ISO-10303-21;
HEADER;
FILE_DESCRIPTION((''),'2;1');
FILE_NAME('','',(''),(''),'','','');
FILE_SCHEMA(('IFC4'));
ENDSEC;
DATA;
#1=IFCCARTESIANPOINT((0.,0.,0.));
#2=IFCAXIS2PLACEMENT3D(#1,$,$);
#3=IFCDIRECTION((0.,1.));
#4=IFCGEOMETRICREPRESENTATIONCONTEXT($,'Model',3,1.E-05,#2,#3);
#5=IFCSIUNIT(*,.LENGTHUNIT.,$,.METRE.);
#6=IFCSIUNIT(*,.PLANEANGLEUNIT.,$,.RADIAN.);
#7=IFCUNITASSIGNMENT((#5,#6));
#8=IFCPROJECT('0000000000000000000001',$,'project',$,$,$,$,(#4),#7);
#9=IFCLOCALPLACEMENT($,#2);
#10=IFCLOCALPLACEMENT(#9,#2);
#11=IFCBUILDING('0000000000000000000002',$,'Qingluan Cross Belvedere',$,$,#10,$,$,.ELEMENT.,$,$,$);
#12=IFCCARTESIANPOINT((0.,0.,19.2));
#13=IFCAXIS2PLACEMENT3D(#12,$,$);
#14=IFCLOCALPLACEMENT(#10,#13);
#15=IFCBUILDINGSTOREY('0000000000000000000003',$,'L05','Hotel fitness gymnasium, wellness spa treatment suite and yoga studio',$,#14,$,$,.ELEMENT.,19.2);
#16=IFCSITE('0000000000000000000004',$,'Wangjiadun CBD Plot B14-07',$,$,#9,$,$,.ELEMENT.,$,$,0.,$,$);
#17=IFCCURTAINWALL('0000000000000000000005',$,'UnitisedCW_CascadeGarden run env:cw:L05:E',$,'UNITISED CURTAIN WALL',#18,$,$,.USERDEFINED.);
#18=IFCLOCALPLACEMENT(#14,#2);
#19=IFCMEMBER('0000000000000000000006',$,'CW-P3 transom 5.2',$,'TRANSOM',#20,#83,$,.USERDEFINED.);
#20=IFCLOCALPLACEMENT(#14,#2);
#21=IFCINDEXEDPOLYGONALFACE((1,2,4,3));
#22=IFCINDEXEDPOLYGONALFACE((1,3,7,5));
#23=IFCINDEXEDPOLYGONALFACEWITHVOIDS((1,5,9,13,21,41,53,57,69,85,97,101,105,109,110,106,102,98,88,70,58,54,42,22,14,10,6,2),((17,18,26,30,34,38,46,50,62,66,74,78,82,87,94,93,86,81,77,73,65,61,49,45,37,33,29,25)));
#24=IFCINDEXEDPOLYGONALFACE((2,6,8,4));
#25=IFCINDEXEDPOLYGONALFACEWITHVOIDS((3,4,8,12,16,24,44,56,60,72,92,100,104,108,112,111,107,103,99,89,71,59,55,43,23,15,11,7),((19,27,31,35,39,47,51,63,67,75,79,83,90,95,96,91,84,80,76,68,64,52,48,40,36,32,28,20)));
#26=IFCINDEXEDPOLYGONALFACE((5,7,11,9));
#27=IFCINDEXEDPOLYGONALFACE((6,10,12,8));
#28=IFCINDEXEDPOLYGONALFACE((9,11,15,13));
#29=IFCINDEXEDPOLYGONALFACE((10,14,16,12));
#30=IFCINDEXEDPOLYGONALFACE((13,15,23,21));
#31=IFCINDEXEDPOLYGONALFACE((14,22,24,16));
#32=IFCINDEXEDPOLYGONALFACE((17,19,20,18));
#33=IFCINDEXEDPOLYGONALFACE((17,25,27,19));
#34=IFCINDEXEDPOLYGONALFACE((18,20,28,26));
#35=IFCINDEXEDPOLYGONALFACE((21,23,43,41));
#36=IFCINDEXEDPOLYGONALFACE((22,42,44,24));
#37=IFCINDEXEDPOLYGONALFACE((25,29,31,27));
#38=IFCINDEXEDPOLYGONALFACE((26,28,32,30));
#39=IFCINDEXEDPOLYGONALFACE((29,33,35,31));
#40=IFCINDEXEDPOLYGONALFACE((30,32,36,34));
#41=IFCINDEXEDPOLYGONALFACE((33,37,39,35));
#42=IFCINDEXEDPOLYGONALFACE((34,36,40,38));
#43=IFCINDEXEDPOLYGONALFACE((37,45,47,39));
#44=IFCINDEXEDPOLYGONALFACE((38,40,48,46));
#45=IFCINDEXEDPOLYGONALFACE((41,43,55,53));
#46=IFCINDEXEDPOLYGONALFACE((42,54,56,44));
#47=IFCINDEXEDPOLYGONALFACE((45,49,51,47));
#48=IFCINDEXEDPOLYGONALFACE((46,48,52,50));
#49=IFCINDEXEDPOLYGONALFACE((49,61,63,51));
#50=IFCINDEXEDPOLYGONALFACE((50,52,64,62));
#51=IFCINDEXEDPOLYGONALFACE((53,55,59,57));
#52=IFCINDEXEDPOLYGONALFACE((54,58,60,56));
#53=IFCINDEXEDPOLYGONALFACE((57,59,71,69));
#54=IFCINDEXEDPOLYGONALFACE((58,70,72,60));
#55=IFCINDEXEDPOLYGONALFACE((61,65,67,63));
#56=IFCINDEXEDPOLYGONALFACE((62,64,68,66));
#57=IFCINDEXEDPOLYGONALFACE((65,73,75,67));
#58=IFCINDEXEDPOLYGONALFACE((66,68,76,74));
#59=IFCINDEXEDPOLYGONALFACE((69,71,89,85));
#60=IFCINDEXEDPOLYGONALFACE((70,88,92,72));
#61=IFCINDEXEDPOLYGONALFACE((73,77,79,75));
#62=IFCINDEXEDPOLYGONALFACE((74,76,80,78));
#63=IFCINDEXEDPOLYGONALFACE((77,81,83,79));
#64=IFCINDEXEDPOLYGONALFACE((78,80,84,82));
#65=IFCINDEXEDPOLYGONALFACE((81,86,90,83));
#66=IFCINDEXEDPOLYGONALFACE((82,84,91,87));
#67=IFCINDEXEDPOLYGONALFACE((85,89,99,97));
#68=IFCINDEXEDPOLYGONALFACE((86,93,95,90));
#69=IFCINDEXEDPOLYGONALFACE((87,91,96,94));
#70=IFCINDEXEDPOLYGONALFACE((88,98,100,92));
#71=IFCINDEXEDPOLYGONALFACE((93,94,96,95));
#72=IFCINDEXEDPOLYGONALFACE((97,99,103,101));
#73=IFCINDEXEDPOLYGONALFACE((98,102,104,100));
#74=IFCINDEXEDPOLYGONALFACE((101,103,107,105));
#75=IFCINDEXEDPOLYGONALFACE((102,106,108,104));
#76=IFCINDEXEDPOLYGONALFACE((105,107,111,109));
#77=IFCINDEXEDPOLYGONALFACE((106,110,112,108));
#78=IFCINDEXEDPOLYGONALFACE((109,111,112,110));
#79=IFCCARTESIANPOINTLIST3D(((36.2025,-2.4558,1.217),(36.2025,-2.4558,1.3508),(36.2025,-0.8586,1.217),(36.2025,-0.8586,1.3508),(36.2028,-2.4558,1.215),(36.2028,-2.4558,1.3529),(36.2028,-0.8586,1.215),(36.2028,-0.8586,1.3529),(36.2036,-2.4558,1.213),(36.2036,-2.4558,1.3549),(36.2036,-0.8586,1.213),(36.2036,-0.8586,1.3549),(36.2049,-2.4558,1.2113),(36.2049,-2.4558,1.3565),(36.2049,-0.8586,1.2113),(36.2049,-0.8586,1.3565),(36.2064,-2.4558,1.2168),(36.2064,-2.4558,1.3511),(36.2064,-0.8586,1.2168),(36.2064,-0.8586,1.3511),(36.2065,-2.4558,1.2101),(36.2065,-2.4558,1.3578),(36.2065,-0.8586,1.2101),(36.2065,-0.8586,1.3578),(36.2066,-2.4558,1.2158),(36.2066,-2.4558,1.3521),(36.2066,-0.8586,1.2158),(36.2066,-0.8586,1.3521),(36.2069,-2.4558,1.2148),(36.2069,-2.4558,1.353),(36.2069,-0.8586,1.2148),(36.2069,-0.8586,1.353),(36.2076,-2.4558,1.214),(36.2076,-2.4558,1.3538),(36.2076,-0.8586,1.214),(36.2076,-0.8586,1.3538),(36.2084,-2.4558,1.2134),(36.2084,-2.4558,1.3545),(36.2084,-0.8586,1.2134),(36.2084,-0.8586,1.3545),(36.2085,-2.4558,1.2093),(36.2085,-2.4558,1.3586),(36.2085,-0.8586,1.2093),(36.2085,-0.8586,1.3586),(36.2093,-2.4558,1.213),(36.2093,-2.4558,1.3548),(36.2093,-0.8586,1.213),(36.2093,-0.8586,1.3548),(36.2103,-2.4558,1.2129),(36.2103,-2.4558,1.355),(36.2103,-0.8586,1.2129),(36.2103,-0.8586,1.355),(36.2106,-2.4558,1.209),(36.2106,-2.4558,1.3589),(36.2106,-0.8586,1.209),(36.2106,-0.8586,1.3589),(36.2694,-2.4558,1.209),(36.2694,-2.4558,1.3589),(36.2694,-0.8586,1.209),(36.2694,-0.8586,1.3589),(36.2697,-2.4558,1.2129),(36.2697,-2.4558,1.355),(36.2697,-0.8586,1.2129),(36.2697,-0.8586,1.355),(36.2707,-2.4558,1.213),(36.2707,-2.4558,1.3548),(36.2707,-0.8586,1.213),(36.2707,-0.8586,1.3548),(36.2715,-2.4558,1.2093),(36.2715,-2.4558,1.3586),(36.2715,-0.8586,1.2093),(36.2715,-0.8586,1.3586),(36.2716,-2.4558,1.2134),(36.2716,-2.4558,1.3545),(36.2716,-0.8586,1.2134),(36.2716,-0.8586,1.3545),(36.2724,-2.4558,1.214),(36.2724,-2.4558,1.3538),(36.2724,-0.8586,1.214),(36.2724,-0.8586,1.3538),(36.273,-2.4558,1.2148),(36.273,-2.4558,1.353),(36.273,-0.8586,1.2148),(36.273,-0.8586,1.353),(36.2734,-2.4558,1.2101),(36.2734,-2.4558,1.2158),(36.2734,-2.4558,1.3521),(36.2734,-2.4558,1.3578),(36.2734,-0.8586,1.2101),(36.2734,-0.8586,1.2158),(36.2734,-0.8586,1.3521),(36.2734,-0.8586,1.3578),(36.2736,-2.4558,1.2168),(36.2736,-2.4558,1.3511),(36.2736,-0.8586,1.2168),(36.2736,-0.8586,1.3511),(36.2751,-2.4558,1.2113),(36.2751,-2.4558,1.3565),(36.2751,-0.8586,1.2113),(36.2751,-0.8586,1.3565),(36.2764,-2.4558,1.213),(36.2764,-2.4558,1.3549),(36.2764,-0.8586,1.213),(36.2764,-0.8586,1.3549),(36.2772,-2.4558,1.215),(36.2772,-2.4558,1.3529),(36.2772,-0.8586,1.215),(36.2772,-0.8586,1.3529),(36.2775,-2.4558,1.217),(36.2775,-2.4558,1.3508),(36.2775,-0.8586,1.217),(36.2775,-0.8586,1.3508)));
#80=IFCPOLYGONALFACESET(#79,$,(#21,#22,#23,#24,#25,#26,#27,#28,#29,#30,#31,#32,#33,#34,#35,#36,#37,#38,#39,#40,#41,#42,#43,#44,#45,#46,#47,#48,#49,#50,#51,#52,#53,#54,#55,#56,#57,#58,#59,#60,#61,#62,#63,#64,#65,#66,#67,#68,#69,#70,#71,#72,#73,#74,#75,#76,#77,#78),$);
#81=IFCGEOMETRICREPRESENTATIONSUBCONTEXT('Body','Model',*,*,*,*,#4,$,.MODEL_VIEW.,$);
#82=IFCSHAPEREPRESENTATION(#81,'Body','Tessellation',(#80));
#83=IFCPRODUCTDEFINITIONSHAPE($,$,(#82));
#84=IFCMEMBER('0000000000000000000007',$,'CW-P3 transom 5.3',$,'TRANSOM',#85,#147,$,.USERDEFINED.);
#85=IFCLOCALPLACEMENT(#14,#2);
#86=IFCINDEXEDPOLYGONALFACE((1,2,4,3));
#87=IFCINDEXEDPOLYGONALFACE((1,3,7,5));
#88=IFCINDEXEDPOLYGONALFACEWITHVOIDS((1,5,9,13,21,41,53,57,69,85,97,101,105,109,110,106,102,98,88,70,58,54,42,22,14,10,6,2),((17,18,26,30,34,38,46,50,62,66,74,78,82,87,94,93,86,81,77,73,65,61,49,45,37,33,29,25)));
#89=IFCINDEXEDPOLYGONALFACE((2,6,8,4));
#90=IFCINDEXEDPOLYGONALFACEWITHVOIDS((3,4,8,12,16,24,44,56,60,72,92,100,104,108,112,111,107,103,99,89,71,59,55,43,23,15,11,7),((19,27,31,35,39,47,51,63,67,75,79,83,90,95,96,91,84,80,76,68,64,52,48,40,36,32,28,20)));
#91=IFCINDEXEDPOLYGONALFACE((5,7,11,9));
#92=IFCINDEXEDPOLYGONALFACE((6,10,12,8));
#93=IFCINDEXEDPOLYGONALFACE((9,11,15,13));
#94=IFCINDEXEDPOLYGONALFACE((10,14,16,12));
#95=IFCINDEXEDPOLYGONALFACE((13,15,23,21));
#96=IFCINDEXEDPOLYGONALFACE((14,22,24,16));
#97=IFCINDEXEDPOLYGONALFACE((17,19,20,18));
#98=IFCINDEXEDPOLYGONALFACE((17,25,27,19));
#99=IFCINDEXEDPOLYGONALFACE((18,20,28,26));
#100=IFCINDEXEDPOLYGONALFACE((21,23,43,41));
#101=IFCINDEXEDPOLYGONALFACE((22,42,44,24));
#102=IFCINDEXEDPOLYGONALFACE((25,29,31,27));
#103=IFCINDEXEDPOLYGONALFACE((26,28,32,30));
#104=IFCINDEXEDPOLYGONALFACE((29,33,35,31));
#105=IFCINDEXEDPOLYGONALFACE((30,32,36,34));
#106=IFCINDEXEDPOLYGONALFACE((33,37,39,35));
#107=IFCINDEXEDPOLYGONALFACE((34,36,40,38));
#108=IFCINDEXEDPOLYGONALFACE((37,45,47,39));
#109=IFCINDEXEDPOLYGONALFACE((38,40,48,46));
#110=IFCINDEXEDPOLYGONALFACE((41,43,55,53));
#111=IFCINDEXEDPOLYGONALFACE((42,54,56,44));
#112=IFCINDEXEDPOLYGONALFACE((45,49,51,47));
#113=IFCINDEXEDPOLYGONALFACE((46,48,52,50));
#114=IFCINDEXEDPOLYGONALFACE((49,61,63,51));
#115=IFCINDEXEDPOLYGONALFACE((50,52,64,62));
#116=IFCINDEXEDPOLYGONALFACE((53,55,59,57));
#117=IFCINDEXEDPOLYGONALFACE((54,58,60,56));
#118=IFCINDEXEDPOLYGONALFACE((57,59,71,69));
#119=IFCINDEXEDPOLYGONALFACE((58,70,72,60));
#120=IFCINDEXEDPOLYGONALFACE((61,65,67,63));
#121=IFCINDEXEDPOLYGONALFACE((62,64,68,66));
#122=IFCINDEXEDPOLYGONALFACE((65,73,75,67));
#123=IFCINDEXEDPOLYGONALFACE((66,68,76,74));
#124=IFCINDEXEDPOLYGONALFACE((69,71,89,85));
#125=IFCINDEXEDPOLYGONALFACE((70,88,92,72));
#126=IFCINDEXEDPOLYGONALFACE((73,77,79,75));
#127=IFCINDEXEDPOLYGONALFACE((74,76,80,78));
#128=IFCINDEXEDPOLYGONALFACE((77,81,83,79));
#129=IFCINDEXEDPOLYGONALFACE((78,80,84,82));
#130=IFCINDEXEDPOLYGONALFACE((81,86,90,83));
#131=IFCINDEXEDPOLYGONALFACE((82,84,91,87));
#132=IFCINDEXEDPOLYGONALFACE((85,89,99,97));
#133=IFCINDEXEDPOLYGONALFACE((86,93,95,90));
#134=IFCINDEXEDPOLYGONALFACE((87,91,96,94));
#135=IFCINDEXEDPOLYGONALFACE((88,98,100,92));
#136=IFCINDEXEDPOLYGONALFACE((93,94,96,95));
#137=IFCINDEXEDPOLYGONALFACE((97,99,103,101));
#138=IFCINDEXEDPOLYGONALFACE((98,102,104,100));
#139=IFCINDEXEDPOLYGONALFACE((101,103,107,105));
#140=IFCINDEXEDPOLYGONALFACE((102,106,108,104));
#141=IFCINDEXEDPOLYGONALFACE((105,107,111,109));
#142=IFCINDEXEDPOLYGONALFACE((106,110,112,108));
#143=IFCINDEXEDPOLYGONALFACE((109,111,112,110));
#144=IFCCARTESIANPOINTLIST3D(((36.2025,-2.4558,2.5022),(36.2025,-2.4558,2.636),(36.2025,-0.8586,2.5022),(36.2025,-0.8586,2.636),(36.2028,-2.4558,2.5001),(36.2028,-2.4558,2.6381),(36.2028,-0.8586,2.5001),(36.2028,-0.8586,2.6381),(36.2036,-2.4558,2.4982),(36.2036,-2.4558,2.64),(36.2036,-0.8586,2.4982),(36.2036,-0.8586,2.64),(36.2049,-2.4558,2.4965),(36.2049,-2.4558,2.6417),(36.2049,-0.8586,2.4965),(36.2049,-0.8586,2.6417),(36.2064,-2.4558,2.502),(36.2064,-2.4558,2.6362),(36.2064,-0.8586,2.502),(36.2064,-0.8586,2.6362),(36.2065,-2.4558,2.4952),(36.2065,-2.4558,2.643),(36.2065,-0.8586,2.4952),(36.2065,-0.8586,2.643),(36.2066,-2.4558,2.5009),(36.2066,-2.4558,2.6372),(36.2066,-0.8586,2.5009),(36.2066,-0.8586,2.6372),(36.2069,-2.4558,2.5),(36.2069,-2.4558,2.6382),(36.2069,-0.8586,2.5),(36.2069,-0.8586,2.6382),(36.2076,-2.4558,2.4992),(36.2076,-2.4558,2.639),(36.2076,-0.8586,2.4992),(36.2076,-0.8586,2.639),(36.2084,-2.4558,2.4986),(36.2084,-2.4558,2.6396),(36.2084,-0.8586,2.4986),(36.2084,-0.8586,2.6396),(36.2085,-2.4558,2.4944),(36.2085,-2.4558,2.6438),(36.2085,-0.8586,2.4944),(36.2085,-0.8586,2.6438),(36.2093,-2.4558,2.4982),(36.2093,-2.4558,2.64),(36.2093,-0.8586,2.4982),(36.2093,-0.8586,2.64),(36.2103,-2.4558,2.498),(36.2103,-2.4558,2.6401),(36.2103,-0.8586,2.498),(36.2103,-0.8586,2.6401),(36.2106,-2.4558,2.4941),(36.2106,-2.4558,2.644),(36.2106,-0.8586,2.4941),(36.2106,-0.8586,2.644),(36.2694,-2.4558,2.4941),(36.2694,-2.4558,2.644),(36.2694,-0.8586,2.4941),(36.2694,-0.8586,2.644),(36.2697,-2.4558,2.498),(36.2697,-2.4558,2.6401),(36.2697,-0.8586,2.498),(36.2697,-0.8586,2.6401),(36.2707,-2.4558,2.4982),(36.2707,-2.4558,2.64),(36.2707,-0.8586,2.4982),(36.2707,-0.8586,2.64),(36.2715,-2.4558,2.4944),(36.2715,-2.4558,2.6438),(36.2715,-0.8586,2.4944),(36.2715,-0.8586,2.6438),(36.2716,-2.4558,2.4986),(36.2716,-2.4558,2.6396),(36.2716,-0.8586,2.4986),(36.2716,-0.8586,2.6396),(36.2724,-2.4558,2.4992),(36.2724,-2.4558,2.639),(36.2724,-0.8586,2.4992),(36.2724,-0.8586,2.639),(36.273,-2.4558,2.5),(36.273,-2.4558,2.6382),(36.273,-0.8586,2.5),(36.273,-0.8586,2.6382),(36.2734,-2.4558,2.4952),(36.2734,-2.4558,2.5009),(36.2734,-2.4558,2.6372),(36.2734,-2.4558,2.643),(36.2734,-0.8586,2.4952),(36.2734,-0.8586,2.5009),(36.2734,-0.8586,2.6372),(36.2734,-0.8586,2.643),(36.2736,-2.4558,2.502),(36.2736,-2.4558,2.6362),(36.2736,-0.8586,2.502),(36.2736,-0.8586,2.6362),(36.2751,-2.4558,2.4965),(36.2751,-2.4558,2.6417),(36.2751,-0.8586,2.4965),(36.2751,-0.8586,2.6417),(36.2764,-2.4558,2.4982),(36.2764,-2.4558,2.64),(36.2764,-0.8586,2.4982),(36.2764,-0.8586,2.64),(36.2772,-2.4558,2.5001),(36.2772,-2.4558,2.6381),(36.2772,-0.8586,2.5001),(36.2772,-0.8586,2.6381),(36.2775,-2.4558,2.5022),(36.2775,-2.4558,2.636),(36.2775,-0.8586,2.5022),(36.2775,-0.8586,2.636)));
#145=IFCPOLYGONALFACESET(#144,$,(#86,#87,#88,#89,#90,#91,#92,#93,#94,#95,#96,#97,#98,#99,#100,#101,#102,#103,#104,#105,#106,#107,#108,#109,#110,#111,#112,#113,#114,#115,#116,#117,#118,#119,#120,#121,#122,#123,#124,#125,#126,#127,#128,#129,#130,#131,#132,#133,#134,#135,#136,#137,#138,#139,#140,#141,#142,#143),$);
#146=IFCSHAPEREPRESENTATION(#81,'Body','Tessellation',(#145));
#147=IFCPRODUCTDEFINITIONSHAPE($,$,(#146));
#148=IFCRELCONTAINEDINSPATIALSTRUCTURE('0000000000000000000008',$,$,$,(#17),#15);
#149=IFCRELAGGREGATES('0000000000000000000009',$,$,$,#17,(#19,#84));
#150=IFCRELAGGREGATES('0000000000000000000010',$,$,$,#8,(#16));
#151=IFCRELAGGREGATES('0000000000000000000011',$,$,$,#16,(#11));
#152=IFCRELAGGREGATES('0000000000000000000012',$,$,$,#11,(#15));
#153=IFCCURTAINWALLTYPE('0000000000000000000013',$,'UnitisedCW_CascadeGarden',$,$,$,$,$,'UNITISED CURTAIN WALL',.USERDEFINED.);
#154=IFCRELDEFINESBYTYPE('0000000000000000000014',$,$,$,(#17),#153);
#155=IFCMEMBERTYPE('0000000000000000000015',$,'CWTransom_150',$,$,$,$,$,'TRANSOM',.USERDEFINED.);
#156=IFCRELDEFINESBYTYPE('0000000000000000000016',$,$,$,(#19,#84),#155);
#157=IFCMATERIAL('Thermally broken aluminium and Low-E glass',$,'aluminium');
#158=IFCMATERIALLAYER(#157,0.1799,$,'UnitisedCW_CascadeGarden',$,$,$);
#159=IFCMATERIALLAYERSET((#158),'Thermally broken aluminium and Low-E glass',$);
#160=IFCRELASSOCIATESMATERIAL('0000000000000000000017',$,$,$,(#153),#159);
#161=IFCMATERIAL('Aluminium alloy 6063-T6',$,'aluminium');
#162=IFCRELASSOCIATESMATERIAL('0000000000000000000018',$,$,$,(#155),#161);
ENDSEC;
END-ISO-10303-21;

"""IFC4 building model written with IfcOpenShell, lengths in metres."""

from ifc_helpers import new_model, si_unit, direction, frame, origin, origin_2d, place, context, subcontext, project, spatial, hollow_rectangle, extrude, material, layer, layer_set, material_profile, profile_set, type_object, element, aggregate, save


model = new_model("IFC4")

# Units and contexts
model_context = context("Model", 3, precision=1e-05, world=origin(), true_north=direction((0.0, 1.0)))
body_context = subcontext(model_context, "Body", "Model", "MODEL_VIEW")
ifc_project = project(units=[si_unit("LENGTHUNIT", "METRE"), si_unit("PLANEANGLEUNIT", "RADIAN")], contexts=[model_context])

# Site, building, storey
site_placement = place(None, origin())
site = spatial("IfcSite", under=ifc_project, at=site_placement, Name="Wangjiadun CBD Plot B14-07", CompositionType="ELEMENT", RefElevation=0.0)
building_placement = place(site_placement, origin())
building = spatial("IfcBuilding", under=site, at=building_placement, Name="Qingluan Cross Belvedere", CompositionType="ELEMENT")
storey_placement = place(building_placement, frame((0.0, 0.0, 19.2)))
storey = spatial("IfcBuildingStorey", under=building, at=storey_placement, Name="L05", Description="Hotel fitness gymnasium, wellness spa treatment suite and yoga studio", CompositionType="ELEMENT", Elevation=19.2)

# Curtain wall, members
ifc_material_1 = material(Name="Thermally broken aluminium and Low-E glass", Category="aluminium")
ifc_layer_1 = layer(ifc_material_1, 0.1799, Name="UnitisedCW_CascadeGarden")
ifc_layer_set_1 = layer_set([ifc_layer_1], Name="Thermally broken aluminium and Low-E glass")
curtain_wall_type = type_object("IfcCurtainWallType", Name="UnitisedCW_CascadeGarden", ElementType="UNITISED CURTAIN WALL", PredefinedType="USERDEFINED", material=ifc_layer_set_1)
curtain_wall_placement = place(storey_placement, origin())
curtain_wall = element("IfcCurtainWall", 1, at=curtain_wall_placement, inside=storey, type_object=curtain_wall_type, Name="UnitisedCW_CascadeGarden run env:cw:L05:E", ObjectType="UNITISED CURTAIN WALL", PredefinedType="USERDEFINED")
ifc_material_2 = material(Name="Aluminium alloy 6063-T6", Category="aluminium")
ifc_material_profile_1 = material_profile(ifc_material_2, hollow_rectangle(XDim=0.075, YDim=0.1499, WallThickness=0.0039, InnerFilletRadius=0.0039, OuterFilletRadius=0.0081, at=origin_2d()), Name="CWT150x75x4")
ifc_profile_set_1 = profile_set([ifc_material_profile_1], Name="Aluminium alloy 6063-T6")
member_type_1 = type_object("IfcMemberType", Name="CWTransom_150", ElementType="TRANSOM", PredefinedType="USERDEFINED", material=ifc_profile_set_1)
member_1_placement = place(storey_placement, frame((36.24, -0.8586, 1.2839), z_axis=(0.0, -1.0, 0.0), x_axis=(1.0, 0.0, 0.0)))
member_1 = element("IfcMember", 2, at=member_1_placement, type_object=member_type_1, Name="CW-P3 transom 5.2", ObjectType="TRANSOM", PredefinedType="USERDEFINED", context=body_context, shape_type="SweptSolid", body=[
    extrude(hollow_rectangle(XDim=0.075, YDim=0.1499, WallThickness=0.0039, InnerFilletRadius=0.0039, OuterFilletRadius=0.0081, at=origin_2d()), origin(), (0.0, 0.0, 1.0), 1.5972),
])
member_2_placement = place(storey_placement, frame((36.24, -0.8586, 2.5691), z_axis=(0.0, -1.0, 0.0), x_axis=(1.0, 0.0, 0.0)))
member_2 = element("IfcMember", 3, at=member_2_placement, type_object=member_type_1, Name="CW-P3 transom 5.3", ObjectType="TRANSOM", PredefinedType="USERDEFINED", context=body_context, shape_type="SweptSolid", body=[
    extrude(hollow_rectangle(XDim=0.075, YDim=0.1499, WallThickness=0.0039, InnerFilletRadius=0.0039, OuterFilletRadius=0.0081, at=origin_2d()), origin(), (0.0, 0.0, 1.0), 1.5972),
])

aggregate(curtain_wall, [member_1, member_2])

save(model, "model.ifc")
